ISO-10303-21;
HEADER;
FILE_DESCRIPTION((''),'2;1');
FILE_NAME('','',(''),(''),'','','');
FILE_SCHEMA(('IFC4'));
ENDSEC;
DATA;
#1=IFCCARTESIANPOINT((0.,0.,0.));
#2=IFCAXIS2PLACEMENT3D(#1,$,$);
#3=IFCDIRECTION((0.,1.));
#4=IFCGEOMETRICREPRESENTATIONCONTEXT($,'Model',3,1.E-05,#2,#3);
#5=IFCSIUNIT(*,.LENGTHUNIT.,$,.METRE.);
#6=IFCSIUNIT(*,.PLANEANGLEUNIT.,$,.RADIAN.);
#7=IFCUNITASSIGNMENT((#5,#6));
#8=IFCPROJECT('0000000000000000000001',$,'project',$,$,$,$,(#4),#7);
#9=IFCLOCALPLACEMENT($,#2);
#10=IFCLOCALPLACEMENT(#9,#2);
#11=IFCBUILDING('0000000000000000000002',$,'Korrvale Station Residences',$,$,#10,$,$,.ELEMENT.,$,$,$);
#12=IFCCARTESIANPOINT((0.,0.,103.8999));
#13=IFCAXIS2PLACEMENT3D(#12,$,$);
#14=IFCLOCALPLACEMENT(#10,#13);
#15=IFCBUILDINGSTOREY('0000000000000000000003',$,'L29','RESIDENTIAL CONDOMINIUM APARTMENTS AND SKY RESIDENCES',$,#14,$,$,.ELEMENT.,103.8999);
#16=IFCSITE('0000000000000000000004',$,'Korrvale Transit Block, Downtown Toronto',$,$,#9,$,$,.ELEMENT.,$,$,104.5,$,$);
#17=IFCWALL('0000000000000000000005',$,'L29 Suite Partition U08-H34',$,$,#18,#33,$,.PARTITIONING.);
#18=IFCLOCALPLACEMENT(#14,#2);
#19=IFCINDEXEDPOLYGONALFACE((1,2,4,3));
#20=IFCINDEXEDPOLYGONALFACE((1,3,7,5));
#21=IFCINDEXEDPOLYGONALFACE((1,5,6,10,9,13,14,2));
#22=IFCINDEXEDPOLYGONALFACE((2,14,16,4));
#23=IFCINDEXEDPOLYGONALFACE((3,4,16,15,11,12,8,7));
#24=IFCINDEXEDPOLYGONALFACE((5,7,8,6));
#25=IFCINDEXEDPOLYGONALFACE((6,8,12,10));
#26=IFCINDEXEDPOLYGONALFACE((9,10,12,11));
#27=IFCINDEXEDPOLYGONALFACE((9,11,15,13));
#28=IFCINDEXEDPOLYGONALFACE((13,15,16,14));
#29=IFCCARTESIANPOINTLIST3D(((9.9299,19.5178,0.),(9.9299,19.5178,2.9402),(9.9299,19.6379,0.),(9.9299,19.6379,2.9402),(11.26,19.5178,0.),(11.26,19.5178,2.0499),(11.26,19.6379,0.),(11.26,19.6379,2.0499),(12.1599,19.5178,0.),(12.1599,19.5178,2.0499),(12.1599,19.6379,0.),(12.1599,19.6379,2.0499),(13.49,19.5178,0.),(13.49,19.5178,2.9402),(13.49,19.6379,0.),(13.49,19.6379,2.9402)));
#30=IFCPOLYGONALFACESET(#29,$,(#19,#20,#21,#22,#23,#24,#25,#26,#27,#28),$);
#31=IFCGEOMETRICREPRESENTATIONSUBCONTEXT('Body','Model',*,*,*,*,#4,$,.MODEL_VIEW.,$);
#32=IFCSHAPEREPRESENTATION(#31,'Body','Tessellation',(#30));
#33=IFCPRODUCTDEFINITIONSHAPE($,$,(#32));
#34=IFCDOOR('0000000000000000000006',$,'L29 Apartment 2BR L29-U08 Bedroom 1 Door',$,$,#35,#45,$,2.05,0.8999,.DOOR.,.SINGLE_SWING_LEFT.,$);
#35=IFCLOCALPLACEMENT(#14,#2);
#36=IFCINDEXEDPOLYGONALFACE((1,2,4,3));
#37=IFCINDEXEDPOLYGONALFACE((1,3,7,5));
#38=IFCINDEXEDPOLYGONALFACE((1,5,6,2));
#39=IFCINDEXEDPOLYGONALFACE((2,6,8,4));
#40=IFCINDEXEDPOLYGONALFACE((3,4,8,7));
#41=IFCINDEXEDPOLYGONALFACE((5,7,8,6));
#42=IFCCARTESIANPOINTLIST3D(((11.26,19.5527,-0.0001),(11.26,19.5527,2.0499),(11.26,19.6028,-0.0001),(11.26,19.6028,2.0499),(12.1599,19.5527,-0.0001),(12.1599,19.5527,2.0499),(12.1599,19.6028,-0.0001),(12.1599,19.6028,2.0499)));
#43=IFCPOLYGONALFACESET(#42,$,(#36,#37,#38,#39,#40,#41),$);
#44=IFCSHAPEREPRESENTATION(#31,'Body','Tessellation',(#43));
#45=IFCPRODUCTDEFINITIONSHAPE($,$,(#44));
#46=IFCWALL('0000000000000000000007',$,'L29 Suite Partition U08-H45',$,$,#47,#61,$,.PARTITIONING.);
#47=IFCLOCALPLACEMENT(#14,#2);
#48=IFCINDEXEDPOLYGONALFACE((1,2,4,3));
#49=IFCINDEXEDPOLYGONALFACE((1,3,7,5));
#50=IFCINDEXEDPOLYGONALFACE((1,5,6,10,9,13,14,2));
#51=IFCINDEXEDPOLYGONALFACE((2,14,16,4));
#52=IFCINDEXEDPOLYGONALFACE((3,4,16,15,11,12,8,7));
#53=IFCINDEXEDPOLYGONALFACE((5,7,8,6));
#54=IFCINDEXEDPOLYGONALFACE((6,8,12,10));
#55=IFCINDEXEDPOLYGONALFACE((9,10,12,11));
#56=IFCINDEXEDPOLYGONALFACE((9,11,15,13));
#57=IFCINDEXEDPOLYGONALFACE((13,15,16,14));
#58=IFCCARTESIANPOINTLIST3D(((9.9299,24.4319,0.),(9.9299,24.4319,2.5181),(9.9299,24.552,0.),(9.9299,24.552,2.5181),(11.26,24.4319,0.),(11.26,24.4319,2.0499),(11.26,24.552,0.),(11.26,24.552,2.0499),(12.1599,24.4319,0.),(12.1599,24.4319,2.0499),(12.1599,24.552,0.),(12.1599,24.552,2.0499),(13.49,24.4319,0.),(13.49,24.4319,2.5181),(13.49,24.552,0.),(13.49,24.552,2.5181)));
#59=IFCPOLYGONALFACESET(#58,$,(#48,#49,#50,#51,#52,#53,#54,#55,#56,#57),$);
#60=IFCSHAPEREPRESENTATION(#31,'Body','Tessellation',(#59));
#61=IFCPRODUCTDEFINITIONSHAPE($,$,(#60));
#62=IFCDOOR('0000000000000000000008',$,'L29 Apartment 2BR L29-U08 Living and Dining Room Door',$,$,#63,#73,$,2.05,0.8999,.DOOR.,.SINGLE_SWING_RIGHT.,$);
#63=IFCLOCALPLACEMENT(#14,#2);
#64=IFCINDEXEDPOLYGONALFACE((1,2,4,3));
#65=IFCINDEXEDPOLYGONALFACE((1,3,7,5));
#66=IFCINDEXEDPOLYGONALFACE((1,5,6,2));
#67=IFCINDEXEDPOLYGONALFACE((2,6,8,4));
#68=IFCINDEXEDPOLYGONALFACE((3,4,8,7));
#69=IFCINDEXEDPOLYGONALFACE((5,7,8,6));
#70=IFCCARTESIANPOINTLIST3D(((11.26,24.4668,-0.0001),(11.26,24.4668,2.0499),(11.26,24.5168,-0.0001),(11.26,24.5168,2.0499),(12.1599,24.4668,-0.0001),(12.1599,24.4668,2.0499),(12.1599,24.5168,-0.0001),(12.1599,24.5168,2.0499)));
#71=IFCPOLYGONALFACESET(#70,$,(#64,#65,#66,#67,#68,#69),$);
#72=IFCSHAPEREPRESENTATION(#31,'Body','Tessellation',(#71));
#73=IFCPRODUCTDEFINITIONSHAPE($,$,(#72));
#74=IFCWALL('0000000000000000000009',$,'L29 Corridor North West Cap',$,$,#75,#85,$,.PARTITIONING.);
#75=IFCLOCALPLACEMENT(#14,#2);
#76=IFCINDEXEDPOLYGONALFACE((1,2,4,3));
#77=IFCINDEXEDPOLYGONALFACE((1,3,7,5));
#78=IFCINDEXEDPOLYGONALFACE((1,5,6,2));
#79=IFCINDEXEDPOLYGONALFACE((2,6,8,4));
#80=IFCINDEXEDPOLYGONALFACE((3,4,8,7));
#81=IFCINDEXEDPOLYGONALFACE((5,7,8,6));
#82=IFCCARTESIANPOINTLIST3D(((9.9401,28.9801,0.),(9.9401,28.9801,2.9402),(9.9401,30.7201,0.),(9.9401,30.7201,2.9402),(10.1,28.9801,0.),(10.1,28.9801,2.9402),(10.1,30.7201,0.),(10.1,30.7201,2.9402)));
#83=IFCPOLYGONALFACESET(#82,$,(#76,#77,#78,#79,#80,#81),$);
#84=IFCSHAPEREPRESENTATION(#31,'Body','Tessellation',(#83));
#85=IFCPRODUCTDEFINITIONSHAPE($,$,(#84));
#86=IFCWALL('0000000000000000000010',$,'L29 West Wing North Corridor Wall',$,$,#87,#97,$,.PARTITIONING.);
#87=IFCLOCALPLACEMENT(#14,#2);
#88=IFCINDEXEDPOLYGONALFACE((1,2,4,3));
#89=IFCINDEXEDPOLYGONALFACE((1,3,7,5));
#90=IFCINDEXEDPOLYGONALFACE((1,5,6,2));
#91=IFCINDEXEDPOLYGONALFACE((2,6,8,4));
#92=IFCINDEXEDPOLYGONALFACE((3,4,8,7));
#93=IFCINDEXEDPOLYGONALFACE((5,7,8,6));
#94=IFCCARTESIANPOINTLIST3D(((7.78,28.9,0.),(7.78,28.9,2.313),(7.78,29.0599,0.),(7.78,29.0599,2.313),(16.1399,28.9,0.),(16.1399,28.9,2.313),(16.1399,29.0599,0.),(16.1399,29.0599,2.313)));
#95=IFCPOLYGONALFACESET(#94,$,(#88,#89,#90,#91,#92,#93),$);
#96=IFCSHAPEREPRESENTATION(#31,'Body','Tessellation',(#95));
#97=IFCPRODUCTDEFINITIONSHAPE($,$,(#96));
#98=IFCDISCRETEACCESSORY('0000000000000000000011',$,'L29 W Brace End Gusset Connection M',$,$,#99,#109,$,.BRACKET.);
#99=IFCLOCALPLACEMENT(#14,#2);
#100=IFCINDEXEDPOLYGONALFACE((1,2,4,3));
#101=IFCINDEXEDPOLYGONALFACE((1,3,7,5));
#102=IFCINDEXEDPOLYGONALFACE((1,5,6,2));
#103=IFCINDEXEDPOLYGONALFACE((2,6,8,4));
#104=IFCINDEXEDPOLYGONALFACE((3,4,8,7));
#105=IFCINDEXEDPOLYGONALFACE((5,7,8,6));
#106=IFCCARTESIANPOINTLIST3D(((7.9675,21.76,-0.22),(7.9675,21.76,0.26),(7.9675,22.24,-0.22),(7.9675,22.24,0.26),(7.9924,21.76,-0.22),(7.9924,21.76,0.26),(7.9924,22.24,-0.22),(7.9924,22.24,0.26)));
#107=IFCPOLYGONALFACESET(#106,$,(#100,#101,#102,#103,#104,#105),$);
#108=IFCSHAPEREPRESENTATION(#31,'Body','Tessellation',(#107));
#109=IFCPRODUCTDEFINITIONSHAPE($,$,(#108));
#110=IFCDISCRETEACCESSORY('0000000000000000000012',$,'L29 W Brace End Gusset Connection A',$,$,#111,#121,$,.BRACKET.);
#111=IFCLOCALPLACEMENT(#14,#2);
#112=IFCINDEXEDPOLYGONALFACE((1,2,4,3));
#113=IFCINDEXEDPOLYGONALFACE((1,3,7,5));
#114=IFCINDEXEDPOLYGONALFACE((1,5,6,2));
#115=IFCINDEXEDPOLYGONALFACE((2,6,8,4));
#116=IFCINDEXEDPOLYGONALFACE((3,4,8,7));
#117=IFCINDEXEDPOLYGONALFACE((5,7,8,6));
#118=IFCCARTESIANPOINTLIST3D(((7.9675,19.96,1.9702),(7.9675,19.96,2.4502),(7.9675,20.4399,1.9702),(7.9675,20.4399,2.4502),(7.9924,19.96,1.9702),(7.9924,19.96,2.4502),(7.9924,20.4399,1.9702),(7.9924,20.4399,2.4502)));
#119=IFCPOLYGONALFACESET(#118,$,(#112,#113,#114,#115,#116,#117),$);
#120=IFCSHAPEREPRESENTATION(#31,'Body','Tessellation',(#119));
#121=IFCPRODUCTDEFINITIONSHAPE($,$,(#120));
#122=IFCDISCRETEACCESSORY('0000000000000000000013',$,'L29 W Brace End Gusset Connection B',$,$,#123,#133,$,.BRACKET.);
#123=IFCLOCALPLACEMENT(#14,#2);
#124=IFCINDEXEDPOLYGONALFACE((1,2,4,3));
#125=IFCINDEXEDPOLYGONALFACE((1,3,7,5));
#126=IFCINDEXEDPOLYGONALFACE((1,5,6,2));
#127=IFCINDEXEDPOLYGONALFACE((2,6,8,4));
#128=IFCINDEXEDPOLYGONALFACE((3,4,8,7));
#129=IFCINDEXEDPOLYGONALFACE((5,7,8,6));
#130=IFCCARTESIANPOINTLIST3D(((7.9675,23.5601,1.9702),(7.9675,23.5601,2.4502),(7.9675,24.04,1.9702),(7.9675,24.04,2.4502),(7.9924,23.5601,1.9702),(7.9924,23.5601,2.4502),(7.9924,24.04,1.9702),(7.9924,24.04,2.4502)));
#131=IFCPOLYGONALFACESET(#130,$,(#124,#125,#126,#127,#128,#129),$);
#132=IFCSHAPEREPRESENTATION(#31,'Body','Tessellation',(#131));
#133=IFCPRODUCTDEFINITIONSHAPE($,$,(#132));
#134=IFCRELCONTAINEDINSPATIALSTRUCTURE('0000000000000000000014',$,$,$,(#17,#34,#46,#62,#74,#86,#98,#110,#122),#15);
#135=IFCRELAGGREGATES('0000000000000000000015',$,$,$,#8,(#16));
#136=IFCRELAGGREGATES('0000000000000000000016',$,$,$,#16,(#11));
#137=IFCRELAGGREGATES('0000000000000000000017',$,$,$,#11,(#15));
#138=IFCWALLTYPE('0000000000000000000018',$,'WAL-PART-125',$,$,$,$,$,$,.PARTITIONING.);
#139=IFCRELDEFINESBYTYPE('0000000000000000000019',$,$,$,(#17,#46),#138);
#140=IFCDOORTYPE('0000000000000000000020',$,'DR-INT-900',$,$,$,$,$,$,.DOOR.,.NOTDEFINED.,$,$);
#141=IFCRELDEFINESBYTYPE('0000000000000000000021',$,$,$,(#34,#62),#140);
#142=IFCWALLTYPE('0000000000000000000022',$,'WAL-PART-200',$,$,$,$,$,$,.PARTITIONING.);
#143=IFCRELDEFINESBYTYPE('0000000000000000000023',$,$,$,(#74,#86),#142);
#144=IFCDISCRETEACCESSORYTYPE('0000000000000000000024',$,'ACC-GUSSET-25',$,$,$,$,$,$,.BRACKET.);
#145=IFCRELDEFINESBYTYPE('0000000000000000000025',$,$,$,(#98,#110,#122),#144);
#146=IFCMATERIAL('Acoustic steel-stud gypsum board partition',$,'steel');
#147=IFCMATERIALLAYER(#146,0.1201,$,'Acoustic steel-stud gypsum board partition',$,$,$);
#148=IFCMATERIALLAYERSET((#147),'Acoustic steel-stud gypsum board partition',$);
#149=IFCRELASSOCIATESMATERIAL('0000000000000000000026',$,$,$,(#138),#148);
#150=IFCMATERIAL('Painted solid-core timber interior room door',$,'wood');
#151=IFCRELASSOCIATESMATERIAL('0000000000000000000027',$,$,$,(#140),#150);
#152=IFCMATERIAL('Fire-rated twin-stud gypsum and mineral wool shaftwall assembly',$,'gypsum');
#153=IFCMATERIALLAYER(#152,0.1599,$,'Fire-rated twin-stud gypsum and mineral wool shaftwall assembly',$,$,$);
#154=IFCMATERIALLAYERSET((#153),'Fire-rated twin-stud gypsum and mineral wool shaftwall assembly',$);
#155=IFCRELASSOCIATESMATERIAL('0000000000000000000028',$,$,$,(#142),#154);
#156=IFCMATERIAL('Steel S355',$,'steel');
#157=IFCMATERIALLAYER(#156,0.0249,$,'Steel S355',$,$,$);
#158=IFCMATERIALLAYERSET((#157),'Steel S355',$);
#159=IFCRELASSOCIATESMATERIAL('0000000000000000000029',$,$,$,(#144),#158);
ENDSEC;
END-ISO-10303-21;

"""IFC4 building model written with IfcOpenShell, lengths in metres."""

from ifc_helpers import new_model, si_unit, direction, frame, frame_2d, origin, origin_2d, place, context, subcontext, project, spatial, rectangle, extrude, material, layer, layer_set, type_object, element, fill, save


model = new_model("IFC4")

# Units and contexts
model_context = context("Model", 3, precision=1e-05, world=origin(), true_north=direction((0.0, 1.0)))
body_context = subcontext(model_context, "Body", "Model", "MODEL_VIEW")
ifc_project = project(units=[si_unit("LENGTHUNIT", "METRE"), si_unit("PLANEANGLEUNIT", "RADIAN")], contexts=[model_context])

# Site, building, storey
site_placement = place(None, origin())
site = spatial("IfcSite", under=ifc_project, at=site_placement, Name="Korrvale Transit Block, Downtown Toronto", CompositionType="ELEMENT", RefElevation=104.5)
building_placement = place(site_placement, origin())
building = spatial("IfcBuilding", under=site, at=building_placement, Name="Korrvale Station Residences", CompositionType="ELEMENT")
storey_placement = place(building_placement, frame((0.0, 0.0, 103.8999)))
storey = spatial("IfcBuildingStorey", under=building, at=storey_placement, Name="L29", Description="RESIDENTIAL CONDOMINIUM APARTMENTS AND SKY RESIDENCES", CompositionType="ELEMENT", Elevation=103.8999)

# Shared definitions
ifc_material_1 = material(Name="Steel S355", Category="steel")

# Walls, openings, doors
ifc_material_2 = material(Name="Acoustic steel-stud gypsum board partition", Category="steel")
ifc_layer_1 = layer(ifc_material_2, 0.1201, Name="Acoustic steel-stud gypsum board partition")
ifc_layer_set_1 = layer_set([ifc_layer_1], Name="Acoustic steel-stud gypsum board partition")
wall_type_1 = type_object("IfcWallType", Name="WAL-PART-125", PredefinedType="PARTITIONING", material=ifc_layer_set_1)
ifc_material_3 = material(Name="Painted solid-core timber interior room door", Category="wood")
door_type = type_object("IfcDoorType", Name="DR-INT-900", OperationType="NOTDEFINED", PredefinedType="DOOR", material=ifc_material_3)
wall_1_placement = place(storey_placement, frame((9.9299, 19.5779, 0.0), z_axis=(0.0, 0.0, 1.0), x_axis=(1.0, 0.0, 0.0)))
wall_1 = element("IfcWall", 1, at=wall_1_placement, inside=storey, type_object=wall_type_1, Name="L29 Suite Partition U08-H34", PredefinedType="PARTITIONING", context=body_context, shape_type="SweptSolid", body=[
    extrude(rectangle(XDim=3.5601, YDim=0.1201, at=frame_2d((1.78, 0.0))), origin(), (0.0, 0.0, 1.0), 2.9402),
])
opening_1_placement = place(wall_1_placement, frame((1.3301, 0.0, 0.0)))
opening_1 = element("IfcOpeningElement", 2, at=opening_1_placement, cuts=wall_1, PredefinedType="OPENING", context=body_context, shape_type="SweptSolid", body=[
    extrude(rectangle(XDim=0.8999, YDim=2.05, at=frame_2d((0.45, 1.0249))), frame((0.0, 0.0701, 0.0), z_axis=(0.0, -1.0, 0.0), x_axis=(1.0, 0.0, 0.0)), (0.0, 0.0, 1.0), 0.1401),
])
door_1_placement = place(opening_1_placement, origin())
door_1 = element("IfcDoor", 3, at=door_1_placement, inside=storey, type_object=door_type, Name="L29 Apartment 2BR L29-U08 Bedroom 1 Door", OperationType="SINGLE_SWING_LEFT", OverallHeight=2.05, OverallWidth=0.8999, PredefinedType="DOOR", context=body_context, shape_type="SweptSolid", body=[
    extrude(rectangle(XDim=0.8999, YDim=2.05, at=frame_2d((0.45, 1.0249))), frame((0.0, 0.0249, 0.0), z_axis=(0.0, -1.0, 0.0), x_axis=(1.0, 0.0, 0.0)), (0.0, 0.0, 1.0), 0.05),
])
fill(opening_1, door_1)
wall_2_placement = place(storey_placement, frame((9.9299, 24.4919, 0.0), z_axis=(0.0, 0.0, 1.0), x_axis=(1.0, 0.0, 0.0)))
wall_2 = element("IfcWall", 4, at=wall_2_placement, inside=storey, type_object=wall_type_1, Name="L29 Suite Partition U08-H45", PredefinedType="PARTITIONING", context=body_context, shape_type="SweptSolid", body=[
    extrude(rectangle(XDim=3.5601, YDim=0.1201, at=frame_2d((1.78, 0.0))), origin(), (0.0, 0.0, 1.0), 2.5181),
])
opening_2_placement = place(wall_2_placement, frame((1.3301, 0.0, 0.0)))
opening_2 = element("IfcOpeningElement", 5, at=opening_2_placement, cuts=wall_2, PredefinedType="OPENING", context=body_context, shape_type="SweptSolid", body=[
    extrude(rectangle(XDim=0.8999, YDim=2.05, at=frame_2d((0.45, 1.0249))), frame((0.0, 0.0701, 0.0), z_axis=(0.0, -1.0, 0.0), x_axis=(1.0, 0.0, 0.0)), (0.0, 0.0, 1.0), 0.1401),
])
door_2_placement = place(opening_2_placement, origin())
door_2 = element("IfcDoor", 6, at=door_2_placement, inside=storey, type_object=door_type, Name="L29 Apartment 2BR L29-U08 Living and Dining Room Door", OperationType="SINGLE_SWING_RIGHT", OverallHeight=2.05, OverallWidth=0.8999, PredefinedType="DOOR", context=body_context, shape_type="SweptSolid", body=[
    extrude(rectangle(XDim=0.8999, YDim=2.05, at=frame_2d((0.45, 1.0249))), frame((0.0, 0.0249, 0.0), z_axis=(0.0, -1.0, 0.0), x_axis=(1.0, 0.0, 0.0)), (0.0, 0.0, 1.0), 0.05),
])
fill(opening_2, door_2)

# Walls
ifc_material_4 = material(Name="Fire-rated twin-stud gypsum and mineral wool shaftwall assembly", Category="gypsum")
ifc_layer_2 = layer(ifc_material_4, 0.1599, Name="Fire-rated twin-stud gypsum and mineral wool shaftwall assembly")
ifc_layer_set_2 = layer_set([ifc_layer_2], Name="Fire-rated twin-stud gypsum and mineral wool shaftwall assembly")
wall_type_2 = type_object("IfcWallType", Name="WAL-PART-200", PredefinedType="PARTITIONING", material=ifc_layer_set_2)
wall_3_placement = place(storey_placement, frame((10.02, 28.98, 0.0), z_axis=(0.0, 0.0, 1.0), x_axis=(0.0, 1.0, 0.0)))
element("IfcWall", 7, at=wall_3_placement, inside=storey, type_object=wall_type_2, Name="L29 Corridor North West Cap", PredefinedType="PARTITIONING", context=body_context, shape_type="SweptSolid", body=[
    extrude(rectangle(XDim=1.74, YDim=0.1599, at=frame_2d((0.8701, 0.0))), origin(), (0.0, 0.0, 1.0), 2.9402),
])
wall_4_placement = place(storey_placement, frame((7.78, 28.98, 0.0), z_axis=(0.0, 0.0, 1.0), x_axis=(1.0, 0.0, 0.0)))
element("IfcWall", 8, at=wall_4_placement, inside=storey, type_object=wall_type_2, Name="L29 West Wing North Corridor Wall", PredefinedType="PARTITIONING", context=body_context, shape_type="SweptSolid", body=[
    extrude(rectangle(XDim=8.3599, YDim=0.1599, at=frame_2d((4.1799, 0.0))), origin(), (0.0, 0.0, 1.0), 2.313),
])

# Discrete accessories
ifc_layer_3 = layer(ifc_material_1, 0.0249, Name="Steel S355")
ifc_layer_set_3 = layer_set([ifc_layer_3], Name="Steel S355")
discrete_accessory_type = type_object("IfcDiscreteAccessoryType", Name="ACC-GUSSET-25", PredefinedType="BRACKET", material=ifc_layer_set_3)
for number, where, z_axis, x_axis, name in (
    (9, (7.98, 22.0, -0.22), (0.0, 0.0, 1.0), (0.0, 1.0, 0.0), "L29 W Brace End Gusset Connection M"),
    (10, (7.98, 20.2, 1.9702), (0.0, 0.0, 1.0), (0.0, 1.0, 0.0), "L29 W Brace End Gusset Connection A"),
    (11, (7.98, 23.8, 1.9702), (0.0, 0.0, 1.0), (0.0, 1.0, 0.0), "L29 W Brace End Gusset Connection B"),
):
    element("IfcDiscreteAccessory", number, at=place(storey_placement, frame(where, z_axis=z_axis, x_axis=x_axis)), inside=storey, type_object=discrete_accessory_type, Name=name, PredefinedType="BRACKET", context=body_context, shape_type="SweptSolid", body=[
        extrude(rectangle(XDim=0.48, YDim=0.0249, at=origin_2d()), origin(), (0.0, 0.0, 1.0), 0.48),
    ])

save(model, "model.ifc")
